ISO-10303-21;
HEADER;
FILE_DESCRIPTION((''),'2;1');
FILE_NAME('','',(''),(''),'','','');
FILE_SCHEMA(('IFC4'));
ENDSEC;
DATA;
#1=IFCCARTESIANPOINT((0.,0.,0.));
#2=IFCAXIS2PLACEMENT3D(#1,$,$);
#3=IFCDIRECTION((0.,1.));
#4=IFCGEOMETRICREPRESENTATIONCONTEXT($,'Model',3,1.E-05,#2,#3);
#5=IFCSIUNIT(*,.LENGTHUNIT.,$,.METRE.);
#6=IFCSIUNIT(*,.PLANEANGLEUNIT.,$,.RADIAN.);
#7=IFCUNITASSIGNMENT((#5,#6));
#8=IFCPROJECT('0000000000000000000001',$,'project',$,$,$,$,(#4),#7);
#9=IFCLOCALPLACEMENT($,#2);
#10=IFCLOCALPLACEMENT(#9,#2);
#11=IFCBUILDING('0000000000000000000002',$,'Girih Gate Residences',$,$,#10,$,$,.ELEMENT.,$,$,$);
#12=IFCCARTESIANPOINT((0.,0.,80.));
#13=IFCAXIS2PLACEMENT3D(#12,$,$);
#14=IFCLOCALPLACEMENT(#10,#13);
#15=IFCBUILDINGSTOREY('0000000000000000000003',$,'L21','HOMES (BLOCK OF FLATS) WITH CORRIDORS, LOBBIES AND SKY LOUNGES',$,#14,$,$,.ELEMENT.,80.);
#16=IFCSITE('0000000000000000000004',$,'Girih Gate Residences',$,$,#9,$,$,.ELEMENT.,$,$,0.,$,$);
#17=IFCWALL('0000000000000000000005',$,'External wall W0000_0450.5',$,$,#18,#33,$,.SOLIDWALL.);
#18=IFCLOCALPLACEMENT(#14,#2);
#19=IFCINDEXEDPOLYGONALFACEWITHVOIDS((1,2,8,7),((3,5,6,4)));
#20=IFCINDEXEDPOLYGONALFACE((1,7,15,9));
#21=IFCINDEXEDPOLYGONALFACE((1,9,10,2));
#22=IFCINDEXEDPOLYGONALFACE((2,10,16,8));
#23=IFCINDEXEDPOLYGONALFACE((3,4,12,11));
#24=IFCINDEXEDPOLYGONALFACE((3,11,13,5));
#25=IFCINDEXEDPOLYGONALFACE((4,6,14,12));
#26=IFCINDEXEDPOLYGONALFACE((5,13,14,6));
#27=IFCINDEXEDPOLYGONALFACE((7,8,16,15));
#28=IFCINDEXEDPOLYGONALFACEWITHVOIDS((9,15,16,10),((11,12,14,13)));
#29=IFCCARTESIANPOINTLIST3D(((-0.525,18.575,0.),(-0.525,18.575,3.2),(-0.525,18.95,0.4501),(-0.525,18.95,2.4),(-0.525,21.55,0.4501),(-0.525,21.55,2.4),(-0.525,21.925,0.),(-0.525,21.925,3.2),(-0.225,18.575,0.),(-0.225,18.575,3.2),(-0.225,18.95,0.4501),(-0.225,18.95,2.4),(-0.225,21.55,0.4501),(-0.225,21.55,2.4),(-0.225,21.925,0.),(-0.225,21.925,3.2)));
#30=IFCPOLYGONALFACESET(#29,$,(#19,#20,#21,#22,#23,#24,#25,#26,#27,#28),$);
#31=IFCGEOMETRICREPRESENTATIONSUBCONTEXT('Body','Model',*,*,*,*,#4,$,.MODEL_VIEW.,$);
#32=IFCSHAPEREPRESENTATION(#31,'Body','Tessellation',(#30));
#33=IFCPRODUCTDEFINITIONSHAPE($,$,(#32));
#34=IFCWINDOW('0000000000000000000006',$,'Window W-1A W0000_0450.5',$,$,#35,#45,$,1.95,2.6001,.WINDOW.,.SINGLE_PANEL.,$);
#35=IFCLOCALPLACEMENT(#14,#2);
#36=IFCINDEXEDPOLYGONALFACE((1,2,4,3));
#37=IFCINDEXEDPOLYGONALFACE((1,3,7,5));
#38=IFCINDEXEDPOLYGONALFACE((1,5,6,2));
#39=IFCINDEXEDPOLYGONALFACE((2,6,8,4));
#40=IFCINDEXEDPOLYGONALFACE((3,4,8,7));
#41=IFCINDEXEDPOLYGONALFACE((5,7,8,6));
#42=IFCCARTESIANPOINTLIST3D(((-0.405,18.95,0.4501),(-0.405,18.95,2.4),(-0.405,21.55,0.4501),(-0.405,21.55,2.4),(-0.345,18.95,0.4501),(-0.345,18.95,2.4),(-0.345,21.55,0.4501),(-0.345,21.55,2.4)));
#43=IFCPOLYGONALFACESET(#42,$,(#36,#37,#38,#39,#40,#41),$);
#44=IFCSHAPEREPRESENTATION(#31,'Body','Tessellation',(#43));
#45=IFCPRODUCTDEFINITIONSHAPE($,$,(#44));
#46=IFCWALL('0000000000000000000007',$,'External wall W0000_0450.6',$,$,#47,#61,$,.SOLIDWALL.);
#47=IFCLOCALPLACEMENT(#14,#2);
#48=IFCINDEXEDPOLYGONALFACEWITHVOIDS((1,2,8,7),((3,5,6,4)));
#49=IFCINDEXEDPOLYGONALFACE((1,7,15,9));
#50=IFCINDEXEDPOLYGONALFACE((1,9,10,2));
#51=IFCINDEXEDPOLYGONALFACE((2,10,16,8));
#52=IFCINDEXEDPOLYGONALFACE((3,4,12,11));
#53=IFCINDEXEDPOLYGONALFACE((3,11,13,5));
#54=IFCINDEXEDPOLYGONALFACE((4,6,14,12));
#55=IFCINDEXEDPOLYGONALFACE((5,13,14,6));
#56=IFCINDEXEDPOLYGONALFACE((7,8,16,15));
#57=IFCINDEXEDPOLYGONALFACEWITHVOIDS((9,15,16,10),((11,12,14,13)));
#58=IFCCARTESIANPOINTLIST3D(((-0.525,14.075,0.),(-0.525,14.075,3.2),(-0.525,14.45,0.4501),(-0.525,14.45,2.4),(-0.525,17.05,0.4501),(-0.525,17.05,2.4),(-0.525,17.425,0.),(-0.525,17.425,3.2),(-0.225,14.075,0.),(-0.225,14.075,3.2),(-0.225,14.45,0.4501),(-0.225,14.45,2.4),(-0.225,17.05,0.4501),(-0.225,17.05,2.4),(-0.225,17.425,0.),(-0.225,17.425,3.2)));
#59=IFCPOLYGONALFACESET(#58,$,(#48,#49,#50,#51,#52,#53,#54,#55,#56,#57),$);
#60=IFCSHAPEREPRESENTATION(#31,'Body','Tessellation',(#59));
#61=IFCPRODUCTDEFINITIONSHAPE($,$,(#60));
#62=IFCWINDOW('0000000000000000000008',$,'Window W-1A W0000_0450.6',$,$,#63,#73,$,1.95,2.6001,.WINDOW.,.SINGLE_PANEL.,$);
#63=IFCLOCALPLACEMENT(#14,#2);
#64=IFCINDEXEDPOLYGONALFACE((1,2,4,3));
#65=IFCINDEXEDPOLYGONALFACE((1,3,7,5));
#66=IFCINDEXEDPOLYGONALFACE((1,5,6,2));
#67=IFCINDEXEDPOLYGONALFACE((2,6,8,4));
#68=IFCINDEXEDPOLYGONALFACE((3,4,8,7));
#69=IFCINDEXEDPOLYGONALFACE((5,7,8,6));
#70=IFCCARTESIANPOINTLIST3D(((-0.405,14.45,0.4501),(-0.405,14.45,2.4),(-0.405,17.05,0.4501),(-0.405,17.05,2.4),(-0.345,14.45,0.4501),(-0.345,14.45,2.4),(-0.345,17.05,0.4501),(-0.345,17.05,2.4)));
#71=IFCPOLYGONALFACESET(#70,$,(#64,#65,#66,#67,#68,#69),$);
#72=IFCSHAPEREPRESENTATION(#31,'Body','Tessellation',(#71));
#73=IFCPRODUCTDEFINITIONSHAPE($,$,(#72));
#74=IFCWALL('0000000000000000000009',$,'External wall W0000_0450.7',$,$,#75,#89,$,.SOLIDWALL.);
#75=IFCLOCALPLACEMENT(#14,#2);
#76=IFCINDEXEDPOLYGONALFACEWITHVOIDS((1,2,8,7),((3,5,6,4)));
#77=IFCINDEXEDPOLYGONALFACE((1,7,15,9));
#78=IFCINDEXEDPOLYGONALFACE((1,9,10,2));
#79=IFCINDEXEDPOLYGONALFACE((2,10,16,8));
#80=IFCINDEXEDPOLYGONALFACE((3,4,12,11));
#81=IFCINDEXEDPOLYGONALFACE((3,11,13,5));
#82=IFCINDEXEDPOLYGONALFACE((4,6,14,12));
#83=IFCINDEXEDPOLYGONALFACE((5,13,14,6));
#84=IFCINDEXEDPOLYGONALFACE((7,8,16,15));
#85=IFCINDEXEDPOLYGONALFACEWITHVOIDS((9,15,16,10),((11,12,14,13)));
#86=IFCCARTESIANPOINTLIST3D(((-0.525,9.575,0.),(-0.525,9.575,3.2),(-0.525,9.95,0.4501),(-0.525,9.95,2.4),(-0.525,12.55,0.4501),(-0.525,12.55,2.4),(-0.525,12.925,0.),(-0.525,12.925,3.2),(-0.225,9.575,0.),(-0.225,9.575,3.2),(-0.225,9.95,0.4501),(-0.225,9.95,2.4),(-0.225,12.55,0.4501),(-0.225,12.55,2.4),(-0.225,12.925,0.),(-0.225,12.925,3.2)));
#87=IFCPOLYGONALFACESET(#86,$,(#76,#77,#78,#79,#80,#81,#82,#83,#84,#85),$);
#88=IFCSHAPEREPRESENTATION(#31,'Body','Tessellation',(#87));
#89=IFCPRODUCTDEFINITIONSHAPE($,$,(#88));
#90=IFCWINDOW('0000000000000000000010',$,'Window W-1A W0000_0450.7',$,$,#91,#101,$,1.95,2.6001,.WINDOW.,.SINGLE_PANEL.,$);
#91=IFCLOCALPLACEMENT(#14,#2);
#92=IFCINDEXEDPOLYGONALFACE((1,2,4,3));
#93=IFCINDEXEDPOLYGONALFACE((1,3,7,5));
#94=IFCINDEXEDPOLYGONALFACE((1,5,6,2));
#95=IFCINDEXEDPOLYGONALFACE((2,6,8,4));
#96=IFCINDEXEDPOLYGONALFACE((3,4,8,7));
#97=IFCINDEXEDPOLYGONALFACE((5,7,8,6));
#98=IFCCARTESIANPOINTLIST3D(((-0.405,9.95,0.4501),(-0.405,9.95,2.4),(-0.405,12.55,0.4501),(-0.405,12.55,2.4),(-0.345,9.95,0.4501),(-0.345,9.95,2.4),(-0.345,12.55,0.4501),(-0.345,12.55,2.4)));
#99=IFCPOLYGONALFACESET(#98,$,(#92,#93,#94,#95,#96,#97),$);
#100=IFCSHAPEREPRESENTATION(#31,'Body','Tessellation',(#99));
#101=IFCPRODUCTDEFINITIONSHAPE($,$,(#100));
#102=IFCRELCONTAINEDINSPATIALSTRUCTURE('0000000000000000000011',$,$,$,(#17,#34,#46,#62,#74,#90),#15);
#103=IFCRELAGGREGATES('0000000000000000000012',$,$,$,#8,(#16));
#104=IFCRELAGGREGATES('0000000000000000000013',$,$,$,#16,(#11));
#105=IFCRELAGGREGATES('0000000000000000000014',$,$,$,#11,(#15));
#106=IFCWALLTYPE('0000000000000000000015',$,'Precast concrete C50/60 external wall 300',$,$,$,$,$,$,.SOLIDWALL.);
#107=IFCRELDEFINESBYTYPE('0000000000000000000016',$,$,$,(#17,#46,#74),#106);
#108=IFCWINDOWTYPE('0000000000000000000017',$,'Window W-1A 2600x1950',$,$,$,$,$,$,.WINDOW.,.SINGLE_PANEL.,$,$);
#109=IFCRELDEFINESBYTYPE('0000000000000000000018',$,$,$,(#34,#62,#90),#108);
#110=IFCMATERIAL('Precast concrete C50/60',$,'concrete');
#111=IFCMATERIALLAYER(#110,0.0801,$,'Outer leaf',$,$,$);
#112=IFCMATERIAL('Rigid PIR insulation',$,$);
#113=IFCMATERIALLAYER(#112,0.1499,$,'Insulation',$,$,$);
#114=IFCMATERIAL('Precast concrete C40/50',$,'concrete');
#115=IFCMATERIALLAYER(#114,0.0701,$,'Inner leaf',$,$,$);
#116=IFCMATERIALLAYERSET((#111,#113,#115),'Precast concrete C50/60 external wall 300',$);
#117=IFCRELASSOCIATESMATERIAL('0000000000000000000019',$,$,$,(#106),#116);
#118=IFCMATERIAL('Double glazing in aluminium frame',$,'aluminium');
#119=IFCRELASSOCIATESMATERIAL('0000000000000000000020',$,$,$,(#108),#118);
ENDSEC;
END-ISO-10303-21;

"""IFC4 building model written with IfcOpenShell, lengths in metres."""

from ifc_helpers import new_model, si_unit, direction, frame, frame_2d, origin, place, context, subcontext, project, spatial, rectangle, extrude, material, layer, layer_set, type_object, element, fill, save


model = new_model("IFC4")

# Units and contexts
model_context = context("Model", 3, precision=1e-05, world=origin(), true_north=direction((0.0, 1.0)))
body_context = subcontext(model_context, "Body", "Model", "MODEL_VIEW")
ifc_project = project(units=[si_unit("LENGTHUNIT", "METRE"), si_unit("PLANEANGLEUNIT", "RADIAN")], contexts=[model_context])

# Site, building, storey
site_placement = place(None, origin())
site = spatial("IfcSite", under=ifc_project, at=site_placement, Name="Girih Gate Residences", CompositionType="ELEMENT", RefElevation=0.0)
building_placement = place(site_placement, origin())
building = spatial("IfcBuilding", under=site, at=building_placement, Name="Girih Gate Residences", CompositionType="ELEMENT")
storey_placement = place(building_placement, frame((0.0, 0.0, 80.0)))
storey = spatial("IfcBuildingStorey", under=building, at=storey_placement, Name="L21", Description="HOMES (BLOCK OF FLATS) WITH CORRIDORS, LOBBIES AND SKY LOUNGES", CompositionType="ELEMENT", Elevation=80.0)

# Walls, openings, windows
ifc_material_1 = material(Name="Precast concrete C50/60", Category="concrete")
ifc_layer_1 = layer(ifc_material_1, 0.0801, Name="Outer leaf")
ifc_material_2 = material(Name="Rigid PIR insulation")
ifc_layer_2 = layer(ifc_material_2, 0.1499, Name="Insulation")
ifc_material_3 = material(Name="Precast concrete C40/50", Category="concrete")
ifc_layer_3 = layer(ifc_material_3, 0.0701, Name="Inner leaf")
ifc_layer_set_1 = layer_set([ifc_layer_1, ifc_layer_2, ifc_layer_3], Name="Precast concrete C50/60 external wall 300")
wall_type_1 = type_object("IfcWallType", Name="Precast concrete C50/60 external wall 300", PredefinedType="SOLIDWALL", material=ifc_layer_set_1)
wall_1_placement = place(storey_placement, frame((-0.375, 18.575, 0.0), z_axis=(0.0, 0.0, 1.0), x_axis=(0.0, 1.0, 0.0)))
wall_1 = element("IfcWall", 1, at=wall_1_placement, inside=storey, type_object=wall_type_1, Name="External wall W0000_0450.5", PredefinedType="SOLIDWALL", context=body_context, shape_type="SweptSolid", body=[
    extrude(rectangle(XDim=3.3501, YDim=0.3, at=frame_2d((1.675, 0.0))), origin(), (0.0, 0.0, 1.0), 3.2),
])
opening_1_placement = place(wall_1_placement, frame((0.375, 0.0, 0.45)))
opening_1 = element("IfcOpeningElement", 2, at=opening_1_placement, cuts=wall_1, PredefinedType="OPENING", context=body_context, shape_type="SweptSolid", body=[
    extrude(rectangle(XDim=2.6001, YDim=1.95, at=frame_2d((1.3, 0.9751))), frame((0.0, 0.1599, 0.0), z_axis=(0.0, -1.0, 0.0), x_axis=(1.0, 0.0, 0.0)), (0.0, 0.0, 1.0), 0.3201),
])
ifc_material_4 = material(Name="Double glazing in aluminium frame", Category="aluminium")
window_type = type_object("IfcWindowType", Name="Window W-1A 2600x1950", PartitioningType="SINGLE_PANEL", PredefinedType="WINDOW", material=ifc_material_4)
window_1_placement = place(opening_1_placement, origin())
window_1 = element("IfcWindow", 3, at=window_1_placement, inside=storey, type_object=window_type, Name="Window W-1A W0000_0450.5", OverallHeight=1.95, OverallWidth=2.6001, PartitioningType="SINGLE_PANEL", PredefinedType="WINDOW", context=body_context, shape_type="SweptSolid", body=[
    extrude(rectangle(XDim=2.6001, YDim=1.95, at=frame_2d((1.3, 0.9751))), frame((0.0, 0.03, 0.0), z_axis=(0.0, -1.0, 0.0), x_axis=(1.0, 0.0, 0.0)), (0.0, 0.0, 1.0), 0.0601),
])
fill(opening_1, window_1)
wall_2_placement = place(storey_placement, frame((-0.375, 14.075, 0.0), z_axis=(0.0, 0.0, 1.0), x_axis=(0.0, 1.0, 0.0)))
wall_2 = element("IfcWall", 4, at=wall_2_placement, inside=storey, type_object=wall_type_1, Name="External wall W0000_0450.6", PredefinedType="SOLIDWALL", context=body_context, shape_type="SweptSolid", body=[
    extrude(rectangle(XDim=3.3501, YDim=0.3, at=frame_2d((1.675, 0.0))), origin(), (0.0, 0.0, 1.0), 3.2),
])
opening_2_placement = place(wall_2_placement, frame((0.375, 0.0, 0.45)))
opening_2 = element("IfcOpeningElement", 5, at=opening_2_placement, cuts=wall_2, PredefinedType="OPENING", context=body_context, shape_type="SweptSolid", body=[
    extrude(rectangle(XDim=2.6001, YDim=1.95, at=frame_2d((1.3, 0.9751))), frame((0.0, 0.1599, 0.0), z_axis=(0.0, -1.0, 0.0), x_axis=(1.0, 0.0, 0.0)), (0.0, 0.0, 1.0), 0.3201),
])
window_2_placement = place(opening_2_placement, origin())
window_2 = element("IfcWindow", 6, at=window_2_placement, inside=storey, type_object=window_type, Name="Window W-1A W0000_0450.6", OverallHeight=1.95, OverallWidth=2.6001, PartitioningType="SINGLE_PANEL", PredefinedType="WINDOW", context=body_context, shape_type="SweptSolid", body=[
    extrude(rectangle(XDim=2.6001, YDim=1.95, at=frame_2d((1.3, 0.9751))), frame((0.0, 0.03, 0.0), z_axis=(0.0, -1.0, 0.0), x_axis=(1.0, 0.0, 0.0)), (0.0, 0.0, 1.0), 0.0601),
])
fill(opening_2, window_2)
wall_3_placement = place(storey_placement, frame((-0.375, 9.575, 0.0), z_axis=(0.0, 0.0, 1.0), x_axis=(0.0, 1.0, 0.0)))
wall_3 = element("IfcWall", 7, at=wall_3_placement, inside=storey, type_object=wall_type_1, Name="External wall W0000_0450.7", PredefinedType="SOLIDWALL", context=body_context, shape_type="SweptSolid", body=[
    extrude(rectangle(XDim=3.3501, YDim=0.3, at=frame_2d((1.675, 0.0))), origin(), (0.0, 0.0, 1.0), 3.2),
])
opening_3_placement = place(wall_3_placement, frame((0.375, 0.0, 0.45)))
opening_3 = element("IfcOpeningElement", 8, at=opening_3_placement, cuts=wall_3, PredefinedType="OPENING", context=body_context, shape_type="SweptSolid", body=[
    extrude(rectangle(XDim=2.6001, YDim=1.95, at=frame_2d((1.3, 0.9751))), frame((0.0, 0.1599, 0.0), z_axis=(0.0, -1.0, 0.0), x_axis=(1.0, 0.0, 0.0)), (0.0, 0.0, 1.0), 0.3201),
])
window_3_placement = place(opening_3_placement, origin())
window_3 = element("IfcWindow", 9, at=window_3_placement, inside=storey, type_object=window_type, Name="Window W-1A W0000_0450.7", OverallHeight=1.95, OverallWidth=2.6001, PartitioningType="SINGLE_PANEL", PredefinedType="WINDOW", context=body_context, shape_type="SweptSolid", body=[
    extrude(rectangle(XDim=2.6001, YDim=1.95, at=frame_2d((1.3, 0.9751))), frame((0.0, 0.03, 0.0), z_axis=(0.0, -1.0, 0.0), x_axis=(1.0, 0.0, 0.0)), (0.0, 0.0, 1.0), 0.0601),
])
fill(opening_3, window_3)

save(model, "model.ifc")
